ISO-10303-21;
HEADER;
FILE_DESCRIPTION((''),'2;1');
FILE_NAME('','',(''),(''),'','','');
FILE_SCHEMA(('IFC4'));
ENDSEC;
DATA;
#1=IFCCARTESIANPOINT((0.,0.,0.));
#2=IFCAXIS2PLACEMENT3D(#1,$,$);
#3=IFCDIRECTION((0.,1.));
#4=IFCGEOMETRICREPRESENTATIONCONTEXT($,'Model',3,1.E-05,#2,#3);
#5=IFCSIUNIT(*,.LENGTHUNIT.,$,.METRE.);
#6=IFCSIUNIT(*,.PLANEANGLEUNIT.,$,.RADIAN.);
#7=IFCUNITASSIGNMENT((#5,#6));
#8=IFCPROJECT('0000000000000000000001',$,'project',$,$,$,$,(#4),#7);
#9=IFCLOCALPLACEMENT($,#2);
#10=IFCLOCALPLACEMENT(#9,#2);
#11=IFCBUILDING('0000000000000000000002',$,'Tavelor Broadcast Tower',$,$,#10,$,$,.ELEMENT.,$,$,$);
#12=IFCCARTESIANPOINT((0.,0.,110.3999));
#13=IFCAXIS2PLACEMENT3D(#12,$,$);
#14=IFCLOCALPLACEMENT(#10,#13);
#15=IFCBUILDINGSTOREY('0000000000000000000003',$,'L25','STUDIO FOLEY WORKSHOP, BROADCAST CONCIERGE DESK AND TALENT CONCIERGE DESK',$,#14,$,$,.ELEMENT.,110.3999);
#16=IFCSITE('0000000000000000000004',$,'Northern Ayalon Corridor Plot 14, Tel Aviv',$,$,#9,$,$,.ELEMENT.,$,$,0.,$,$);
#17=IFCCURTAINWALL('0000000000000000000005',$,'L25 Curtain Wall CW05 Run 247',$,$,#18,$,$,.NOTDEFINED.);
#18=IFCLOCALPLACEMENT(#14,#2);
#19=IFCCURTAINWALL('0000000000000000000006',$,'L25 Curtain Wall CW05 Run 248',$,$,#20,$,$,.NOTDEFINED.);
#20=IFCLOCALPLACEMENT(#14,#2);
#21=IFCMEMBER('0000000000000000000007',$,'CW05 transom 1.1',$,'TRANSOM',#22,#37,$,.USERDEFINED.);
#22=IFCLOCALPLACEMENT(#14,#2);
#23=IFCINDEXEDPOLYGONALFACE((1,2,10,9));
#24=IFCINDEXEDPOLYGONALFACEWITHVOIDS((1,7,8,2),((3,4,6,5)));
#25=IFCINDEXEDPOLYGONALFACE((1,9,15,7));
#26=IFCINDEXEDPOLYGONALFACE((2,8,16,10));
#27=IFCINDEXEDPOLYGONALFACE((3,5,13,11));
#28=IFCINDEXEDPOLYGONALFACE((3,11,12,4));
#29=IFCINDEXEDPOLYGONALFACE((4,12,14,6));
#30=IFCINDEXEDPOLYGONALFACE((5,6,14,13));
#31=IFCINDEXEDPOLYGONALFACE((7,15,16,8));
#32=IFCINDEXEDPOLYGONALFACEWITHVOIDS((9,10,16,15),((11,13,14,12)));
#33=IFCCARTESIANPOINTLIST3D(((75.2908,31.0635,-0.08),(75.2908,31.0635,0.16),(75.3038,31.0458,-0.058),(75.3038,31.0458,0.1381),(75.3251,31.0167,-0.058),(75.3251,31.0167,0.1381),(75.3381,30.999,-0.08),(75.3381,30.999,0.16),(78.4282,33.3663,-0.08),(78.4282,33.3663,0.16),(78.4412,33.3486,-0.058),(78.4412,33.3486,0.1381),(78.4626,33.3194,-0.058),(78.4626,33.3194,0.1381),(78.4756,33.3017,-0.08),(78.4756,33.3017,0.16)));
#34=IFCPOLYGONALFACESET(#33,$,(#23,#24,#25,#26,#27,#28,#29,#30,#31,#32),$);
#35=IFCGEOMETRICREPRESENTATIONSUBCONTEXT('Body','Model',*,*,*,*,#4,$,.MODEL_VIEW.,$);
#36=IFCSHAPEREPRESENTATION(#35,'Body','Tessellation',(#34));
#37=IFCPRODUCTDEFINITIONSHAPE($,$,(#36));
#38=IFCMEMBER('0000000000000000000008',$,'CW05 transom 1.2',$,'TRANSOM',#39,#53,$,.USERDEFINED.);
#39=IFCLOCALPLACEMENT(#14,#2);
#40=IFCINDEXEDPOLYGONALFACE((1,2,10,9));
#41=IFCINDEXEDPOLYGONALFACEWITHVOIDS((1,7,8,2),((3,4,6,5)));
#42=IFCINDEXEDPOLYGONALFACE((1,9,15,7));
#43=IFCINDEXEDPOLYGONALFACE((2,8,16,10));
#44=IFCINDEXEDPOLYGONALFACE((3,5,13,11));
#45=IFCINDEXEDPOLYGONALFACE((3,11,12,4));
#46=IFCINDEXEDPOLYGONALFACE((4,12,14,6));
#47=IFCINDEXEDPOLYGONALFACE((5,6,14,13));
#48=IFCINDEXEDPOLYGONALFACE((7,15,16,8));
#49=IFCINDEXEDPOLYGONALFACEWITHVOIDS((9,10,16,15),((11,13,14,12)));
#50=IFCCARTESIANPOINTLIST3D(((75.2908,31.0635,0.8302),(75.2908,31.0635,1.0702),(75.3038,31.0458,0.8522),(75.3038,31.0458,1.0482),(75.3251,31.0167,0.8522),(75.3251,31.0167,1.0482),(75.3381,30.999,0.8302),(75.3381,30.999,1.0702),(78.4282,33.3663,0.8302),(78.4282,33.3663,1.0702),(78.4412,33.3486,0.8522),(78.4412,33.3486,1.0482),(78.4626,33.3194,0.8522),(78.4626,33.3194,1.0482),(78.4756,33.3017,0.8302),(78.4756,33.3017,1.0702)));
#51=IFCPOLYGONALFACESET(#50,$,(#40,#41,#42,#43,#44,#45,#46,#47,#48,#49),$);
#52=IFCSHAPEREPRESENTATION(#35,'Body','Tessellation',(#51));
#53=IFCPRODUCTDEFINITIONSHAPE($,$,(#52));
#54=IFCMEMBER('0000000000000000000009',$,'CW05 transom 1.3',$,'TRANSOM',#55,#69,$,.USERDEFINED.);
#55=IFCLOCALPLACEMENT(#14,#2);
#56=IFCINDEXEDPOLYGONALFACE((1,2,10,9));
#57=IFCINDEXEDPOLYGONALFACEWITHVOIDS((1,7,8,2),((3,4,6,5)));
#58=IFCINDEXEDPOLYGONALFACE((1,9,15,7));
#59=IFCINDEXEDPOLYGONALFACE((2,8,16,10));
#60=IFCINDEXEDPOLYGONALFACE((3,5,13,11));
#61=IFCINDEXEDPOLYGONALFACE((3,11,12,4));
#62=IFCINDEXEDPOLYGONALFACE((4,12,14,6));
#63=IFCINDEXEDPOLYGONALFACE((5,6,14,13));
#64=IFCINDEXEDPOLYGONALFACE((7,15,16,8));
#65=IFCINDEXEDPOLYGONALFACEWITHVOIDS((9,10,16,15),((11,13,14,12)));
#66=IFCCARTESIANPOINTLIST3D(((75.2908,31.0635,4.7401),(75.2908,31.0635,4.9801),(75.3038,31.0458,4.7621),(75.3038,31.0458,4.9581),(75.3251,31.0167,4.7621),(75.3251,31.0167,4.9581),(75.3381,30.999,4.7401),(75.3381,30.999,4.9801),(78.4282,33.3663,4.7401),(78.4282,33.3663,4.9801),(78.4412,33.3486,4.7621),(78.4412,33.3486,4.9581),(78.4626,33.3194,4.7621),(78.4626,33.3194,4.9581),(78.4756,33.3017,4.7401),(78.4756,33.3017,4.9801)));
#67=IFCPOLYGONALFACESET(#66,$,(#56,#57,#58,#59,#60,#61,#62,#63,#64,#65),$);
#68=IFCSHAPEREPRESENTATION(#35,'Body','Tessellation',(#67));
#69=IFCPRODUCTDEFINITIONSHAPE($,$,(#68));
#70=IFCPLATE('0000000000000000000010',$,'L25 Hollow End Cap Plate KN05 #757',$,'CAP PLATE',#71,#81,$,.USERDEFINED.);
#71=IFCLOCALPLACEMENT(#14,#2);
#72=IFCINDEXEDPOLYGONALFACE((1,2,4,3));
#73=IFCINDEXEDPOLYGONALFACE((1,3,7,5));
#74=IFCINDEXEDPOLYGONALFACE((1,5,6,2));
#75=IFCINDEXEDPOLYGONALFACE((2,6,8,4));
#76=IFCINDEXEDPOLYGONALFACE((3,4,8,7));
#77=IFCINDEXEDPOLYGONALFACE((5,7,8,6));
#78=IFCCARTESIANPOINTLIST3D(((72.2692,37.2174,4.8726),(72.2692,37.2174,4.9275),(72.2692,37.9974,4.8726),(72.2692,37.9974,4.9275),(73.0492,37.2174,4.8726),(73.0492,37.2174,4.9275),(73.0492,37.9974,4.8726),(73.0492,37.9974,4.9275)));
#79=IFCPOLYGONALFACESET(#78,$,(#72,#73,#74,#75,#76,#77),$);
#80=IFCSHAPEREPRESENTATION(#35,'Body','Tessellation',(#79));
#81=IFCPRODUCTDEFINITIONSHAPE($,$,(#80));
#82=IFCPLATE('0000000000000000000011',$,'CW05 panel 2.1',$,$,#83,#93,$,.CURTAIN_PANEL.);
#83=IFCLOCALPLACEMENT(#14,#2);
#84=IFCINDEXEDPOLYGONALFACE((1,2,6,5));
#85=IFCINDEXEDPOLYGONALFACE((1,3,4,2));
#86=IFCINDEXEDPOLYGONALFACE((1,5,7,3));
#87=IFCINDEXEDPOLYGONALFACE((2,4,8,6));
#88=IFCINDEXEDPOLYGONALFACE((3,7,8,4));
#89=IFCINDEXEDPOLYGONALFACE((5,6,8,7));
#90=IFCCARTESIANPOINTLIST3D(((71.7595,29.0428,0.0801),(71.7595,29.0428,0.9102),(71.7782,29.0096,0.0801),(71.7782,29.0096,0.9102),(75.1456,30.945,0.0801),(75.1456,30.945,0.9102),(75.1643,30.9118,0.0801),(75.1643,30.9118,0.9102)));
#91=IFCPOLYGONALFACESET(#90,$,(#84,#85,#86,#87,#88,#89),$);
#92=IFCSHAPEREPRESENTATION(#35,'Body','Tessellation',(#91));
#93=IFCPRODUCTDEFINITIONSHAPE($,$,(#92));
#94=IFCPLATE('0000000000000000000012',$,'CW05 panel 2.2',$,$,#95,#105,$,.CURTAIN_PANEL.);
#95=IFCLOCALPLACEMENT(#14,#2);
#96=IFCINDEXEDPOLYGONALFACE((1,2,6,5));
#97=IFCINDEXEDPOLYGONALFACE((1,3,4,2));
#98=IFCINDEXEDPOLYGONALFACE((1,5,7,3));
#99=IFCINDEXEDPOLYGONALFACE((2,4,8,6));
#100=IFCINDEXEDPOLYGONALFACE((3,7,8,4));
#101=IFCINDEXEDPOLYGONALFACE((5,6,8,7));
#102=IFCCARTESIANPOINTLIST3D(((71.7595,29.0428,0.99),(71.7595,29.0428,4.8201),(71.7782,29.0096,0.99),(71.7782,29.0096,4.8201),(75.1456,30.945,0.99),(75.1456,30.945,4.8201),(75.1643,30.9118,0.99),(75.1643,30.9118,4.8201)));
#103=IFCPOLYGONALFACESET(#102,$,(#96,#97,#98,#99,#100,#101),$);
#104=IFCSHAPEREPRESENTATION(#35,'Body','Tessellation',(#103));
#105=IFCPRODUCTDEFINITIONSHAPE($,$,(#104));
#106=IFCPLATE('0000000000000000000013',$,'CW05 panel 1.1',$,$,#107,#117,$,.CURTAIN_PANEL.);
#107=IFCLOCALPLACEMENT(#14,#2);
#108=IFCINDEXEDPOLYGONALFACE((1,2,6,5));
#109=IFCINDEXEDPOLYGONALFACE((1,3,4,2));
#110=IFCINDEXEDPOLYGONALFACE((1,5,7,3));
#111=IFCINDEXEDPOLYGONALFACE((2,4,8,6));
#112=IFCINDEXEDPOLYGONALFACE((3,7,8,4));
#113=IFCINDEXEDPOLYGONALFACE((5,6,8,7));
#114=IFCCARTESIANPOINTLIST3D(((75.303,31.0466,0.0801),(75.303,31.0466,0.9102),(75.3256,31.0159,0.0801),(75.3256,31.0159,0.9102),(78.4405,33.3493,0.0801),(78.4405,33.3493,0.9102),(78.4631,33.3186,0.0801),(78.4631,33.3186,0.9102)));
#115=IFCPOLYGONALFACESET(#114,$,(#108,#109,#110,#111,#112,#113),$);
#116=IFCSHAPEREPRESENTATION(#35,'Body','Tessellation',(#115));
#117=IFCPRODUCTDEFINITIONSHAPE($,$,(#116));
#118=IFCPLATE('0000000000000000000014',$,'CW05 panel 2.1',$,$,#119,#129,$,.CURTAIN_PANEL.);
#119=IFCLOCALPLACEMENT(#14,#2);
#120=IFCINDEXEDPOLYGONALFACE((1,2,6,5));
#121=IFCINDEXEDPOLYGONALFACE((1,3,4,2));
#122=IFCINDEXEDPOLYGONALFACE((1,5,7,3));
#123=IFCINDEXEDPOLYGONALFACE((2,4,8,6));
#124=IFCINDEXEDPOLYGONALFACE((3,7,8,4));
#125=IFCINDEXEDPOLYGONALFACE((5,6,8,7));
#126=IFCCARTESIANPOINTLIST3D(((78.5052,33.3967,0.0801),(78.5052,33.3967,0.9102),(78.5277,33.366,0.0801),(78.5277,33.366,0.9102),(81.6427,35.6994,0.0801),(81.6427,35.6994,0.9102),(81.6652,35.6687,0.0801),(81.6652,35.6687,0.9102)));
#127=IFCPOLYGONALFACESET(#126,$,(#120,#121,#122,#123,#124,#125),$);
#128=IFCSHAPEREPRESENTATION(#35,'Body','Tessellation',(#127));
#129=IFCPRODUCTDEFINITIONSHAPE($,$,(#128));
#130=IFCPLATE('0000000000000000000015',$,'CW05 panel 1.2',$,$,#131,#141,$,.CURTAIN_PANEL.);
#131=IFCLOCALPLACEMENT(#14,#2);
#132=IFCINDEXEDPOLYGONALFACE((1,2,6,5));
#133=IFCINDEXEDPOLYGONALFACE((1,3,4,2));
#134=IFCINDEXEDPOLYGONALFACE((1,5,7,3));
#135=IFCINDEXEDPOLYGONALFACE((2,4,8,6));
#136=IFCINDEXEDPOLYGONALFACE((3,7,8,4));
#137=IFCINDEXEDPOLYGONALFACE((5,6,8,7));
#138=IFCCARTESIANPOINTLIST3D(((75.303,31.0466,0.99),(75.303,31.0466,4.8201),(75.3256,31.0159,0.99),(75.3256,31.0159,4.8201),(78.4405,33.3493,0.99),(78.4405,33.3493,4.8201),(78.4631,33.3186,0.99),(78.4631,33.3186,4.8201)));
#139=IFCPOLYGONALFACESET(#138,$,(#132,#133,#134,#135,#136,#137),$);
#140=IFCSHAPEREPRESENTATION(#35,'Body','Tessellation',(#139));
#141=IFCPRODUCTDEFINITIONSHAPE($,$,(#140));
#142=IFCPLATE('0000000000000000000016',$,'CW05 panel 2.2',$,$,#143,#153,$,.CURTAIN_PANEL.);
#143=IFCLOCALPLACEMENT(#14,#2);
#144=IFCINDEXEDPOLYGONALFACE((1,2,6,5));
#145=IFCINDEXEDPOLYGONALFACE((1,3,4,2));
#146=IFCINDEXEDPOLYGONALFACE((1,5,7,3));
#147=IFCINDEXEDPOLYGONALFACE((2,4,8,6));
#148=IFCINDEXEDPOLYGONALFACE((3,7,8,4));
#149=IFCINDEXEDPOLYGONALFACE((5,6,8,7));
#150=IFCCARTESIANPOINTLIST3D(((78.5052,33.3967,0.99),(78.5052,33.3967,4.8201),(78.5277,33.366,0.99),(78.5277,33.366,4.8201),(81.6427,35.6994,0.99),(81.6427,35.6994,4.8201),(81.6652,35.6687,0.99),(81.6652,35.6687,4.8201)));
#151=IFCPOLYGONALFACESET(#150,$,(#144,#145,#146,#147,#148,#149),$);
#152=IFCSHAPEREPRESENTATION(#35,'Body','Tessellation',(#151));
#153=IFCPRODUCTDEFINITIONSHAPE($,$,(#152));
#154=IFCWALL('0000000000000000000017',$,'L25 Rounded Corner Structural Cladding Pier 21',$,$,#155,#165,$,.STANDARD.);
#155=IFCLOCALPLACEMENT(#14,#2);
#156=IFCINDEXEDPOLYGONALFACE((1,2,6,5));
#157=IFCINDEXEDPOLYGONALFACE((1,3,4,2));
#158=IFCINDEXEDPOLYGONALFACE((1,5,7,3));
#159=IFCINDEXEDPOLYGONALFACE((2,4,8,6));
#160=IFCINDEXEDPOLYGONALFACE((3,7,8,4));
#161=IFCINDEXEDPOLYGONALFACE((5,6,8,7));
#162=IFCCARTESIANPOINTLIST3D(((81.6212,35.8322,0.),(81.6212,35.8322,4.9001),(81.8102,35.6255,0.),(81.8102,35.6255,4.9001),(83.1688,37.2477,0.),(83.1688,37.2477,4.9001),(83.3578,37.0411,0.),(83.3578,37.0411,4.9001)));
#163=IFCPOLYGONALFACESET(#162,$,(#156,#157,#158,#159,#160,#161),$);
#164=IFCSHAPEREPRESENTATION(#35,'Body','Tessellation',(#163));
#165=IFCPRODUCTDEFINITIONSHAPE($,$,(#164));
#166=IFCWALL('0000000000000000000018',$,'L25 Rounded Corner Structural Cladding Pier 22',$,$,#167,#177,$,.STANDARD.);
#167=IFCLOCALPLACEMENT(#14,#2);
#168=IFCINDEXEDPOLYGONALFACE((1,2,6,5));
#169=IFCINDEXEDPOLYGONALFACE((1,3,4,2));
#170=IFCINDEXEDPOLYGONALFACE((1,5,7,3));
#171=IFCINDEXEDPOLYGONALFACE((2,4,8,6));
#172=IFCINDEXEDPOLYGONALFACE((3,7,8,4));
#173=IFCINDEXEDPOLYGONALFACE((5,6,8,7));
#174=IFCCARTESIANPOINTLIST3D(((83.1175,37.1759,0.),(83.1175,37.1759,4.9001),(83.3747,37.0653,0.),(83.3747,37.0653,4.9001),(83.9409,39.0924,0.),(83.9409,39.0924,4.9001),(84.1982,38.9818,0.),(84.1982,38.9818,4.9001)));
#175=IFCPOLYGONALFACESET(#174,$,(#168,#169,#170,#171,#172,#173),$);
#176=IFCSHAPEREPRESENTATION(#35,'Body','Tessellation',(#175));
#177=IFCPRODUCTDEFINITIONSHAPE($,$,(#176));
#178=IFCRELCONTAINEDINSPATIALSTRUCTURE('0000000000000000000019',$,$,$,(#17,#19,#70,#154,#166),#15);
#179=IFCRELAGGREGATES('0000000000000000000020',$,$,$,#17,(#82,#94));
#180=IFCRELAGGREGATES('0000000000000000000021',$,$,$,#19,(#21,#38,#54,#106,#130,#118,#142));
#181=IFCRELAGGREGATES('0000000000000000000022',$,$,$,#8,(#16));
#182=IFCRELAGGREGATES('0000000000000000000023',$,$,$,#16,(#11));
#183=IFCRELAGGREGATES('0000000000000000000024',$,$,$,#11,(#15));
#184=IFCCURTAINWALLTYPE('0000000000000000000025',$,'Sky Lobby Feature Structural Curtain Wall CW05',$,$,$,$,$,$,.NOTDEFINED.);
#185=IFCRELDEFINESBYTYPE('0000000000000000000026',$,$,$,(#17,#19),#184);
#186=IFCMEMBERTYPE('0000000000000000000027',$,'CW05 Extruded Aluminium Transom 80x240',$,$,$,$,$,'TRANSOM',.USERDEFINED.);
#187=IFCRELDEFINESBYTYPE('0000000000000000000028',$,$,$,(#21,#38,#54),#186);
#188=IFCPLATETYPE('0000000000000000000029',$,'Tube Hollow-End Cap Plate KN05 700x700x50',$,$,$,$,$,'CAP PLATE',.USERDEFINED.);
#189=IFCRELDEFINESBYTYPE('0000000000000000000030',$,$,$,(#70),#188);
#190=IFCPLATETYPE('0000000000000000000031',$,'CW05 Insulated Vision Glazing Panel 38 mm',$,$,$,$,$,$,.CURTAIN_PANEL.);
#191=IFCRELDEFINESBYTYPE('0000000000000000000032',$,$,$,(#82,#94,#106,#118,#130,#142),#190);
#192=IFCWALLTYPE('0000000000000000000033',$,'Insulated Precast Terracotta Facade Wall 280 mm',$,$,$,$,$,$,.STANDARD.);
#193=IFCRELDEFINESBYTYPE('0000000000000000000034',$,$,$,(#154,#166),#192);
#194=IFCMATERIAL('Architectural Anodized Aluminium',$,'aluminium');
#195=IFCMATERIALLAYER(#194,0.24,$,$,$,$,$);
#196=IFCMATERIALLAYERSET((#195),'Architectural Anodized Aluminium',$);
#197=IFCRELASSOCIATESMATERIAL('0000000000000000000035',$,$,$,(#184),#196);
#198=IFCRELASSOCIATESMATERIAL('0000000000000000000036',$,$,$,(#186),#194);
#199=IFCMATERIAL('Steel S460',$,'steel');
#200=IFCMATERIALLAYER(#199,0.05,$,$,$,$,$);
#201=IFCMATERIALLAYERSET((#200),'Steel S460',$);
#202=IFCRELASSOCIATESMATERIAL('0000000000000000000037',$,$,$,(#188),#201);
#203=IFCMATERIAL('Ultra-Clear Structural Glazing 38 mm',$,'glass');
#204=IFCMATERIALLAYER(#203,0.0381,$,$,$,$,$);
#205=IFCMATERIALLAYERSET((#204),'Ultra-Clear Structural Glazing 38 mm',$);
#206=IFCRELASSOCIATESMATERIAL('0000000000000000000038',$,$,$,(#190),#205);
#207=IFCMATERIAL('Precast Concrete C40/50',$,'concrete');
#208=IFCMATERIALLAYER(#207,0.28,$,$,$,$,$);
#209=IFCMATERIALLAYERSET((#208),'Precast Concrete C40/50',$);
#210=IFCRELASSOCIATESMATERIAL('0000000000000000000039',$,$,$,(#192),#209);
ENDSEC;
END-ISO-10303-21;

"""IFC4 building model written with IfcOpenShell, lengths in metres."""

from ifc_helpers import new_model, si_unit, direction, frame, frame_2d, origin, origin_2d, place, context, subcontext, project, spatial, rectangle, hollow_rectangle, extrude, source, transform, mapped, material, layer, layer_set, material_profile, profile_set, type_object, type_shapes, element, aggregate, save


model = new_model("IFC4")

# Units and contexts
model_context = context("Model", 3, precision=1e-05, world=origin(), true_north=direction((0.0, 1.0)))
body_context = subcontext(model_context, "Body", "Model", "MODEL_VIEW")
ifc_project = project(units=[si_unit("LENGTHUNIT", "METRE"), si_unit("PLANEANGLEUNIT", "RADIAN")], contexts=[model_context])

# Site, building, storey
site_placement = place(None, origin())
site = spatial("IfcSite", under=ifc_project, at=site_placement, Name="Northern Ayalon Corridor Plot 14, Tel Aviv", CompositionType="ELEMENT", RefElevation=0.0)
building_placement = place(site_placement, origin())
building = spatial("IfcBuilding", under=site, at=building_placement, Name="Tavelor Broadcast Tower", CompositionType="ELEMENT")
storey_placement = place(building_placement, frame((0.0, 0.0, 110.3999)))
storey = spatial("IfcBuildingStorey", under=building, at=storey_placement, Name="L25", Description="STUDIO FOLEY WORKSHOP, BROADCAST CONCIERGE DESK AND TALENT CONCIERGE DESK", CompositionType="ELEMENT", Elevation=110.3999)

# Shared definitions
ifc_material_1 = material(Name="Steel S460", Category="steel")

# Curtain wall
ifc_material_2 = material(Name="Architectural Anodized Aluminium", Category="aluminium")
ifc_layer_1 = layer(ifc_material_2, 0.24)
ifc_layer_set_1 = layer_set([ifc_layer_1], Name="Architectural Anodized Aluminium")
curtain_wall_type = type_object("IfcCurtainWallType", Name="Sky Lobby Feature Structural Curtain Wall CW05", PredefinedType="NOTDEFINED", material=ifc_layer_set_1)
curtain_wall_1_placement = place(storey_placement, origin())
curtain_wall_1 = element("IfcCurtainWall", 1, at=curtain_wall_1_placement, inside=storey, type_object=curtain_wall_type, Name="L25 Curtain Wall CW05 Run 247", PredefinedType="NOTDEFINED")

# Curtain wall
curtain_wall_2_placement = place(storey_placement, origin())
curtain_wall_2 = element("IfcCurtainWall", 2, at=curtain_wall_2_placement, inside=storey, type_object=curtain_wall_type, Name="L25 Curtain Wall CW05 Run 248", PredefinedType="NOTDEFINED")

# Members
ifc_material_profile_1 = material_profile(ifc_material_2, hollow_rectangle(XDim=0.0801, YDim=0.24, WallThickness=0.022, at=origin_2d()), Name="RHS 80x240x22")
ifc_profile_set_1 = profile_set([ifc_material_profile_1], Name="Architectural Anodized Aluminium")
member_type_1 = type_object("IfcMemberType", Name="CW05 Extruded Aluminium Transom 80x240", ElementType="TRANSOM", PredefinedType="USERDEFINED", material=ifc_profile_set_1)
shared_shape_1 = source(origin(), body_context, "Body", "SweptSolid", [
    extrude(hollow_rectangle(XDim=0.0801, YDim=0.24, WallThickness=0.022, at=origin_2d()), origin(), (0.0, 0.0, 1.0), 3.8918),
])
member_1_placement = place(storey_placement, frame((75.3145, 31.0312, 0.04), z_axis=(0.806168, 0.591687, 0.0), x_axis=(-0.591687, 0.806168, 0.0)))
member_1 = element("IfcMember", 3, at=member_1_placement, type_object=member_type_1, Name="CW05 transom 1.1", ObjectType="TRANSOM", PredefinedType="USERDEFINED", context=body_context, shape_type="MappedRepresentation", body=[
    mapped(shared_shape_1, transform((0.0, 0.0, 0.0), scale=1.0)),
])
member_2_placement = place(storey_placement, frame((75.3145, 31.0312, 0.9502), z_axis=(0.806168, 0.591687, 0.0), x_axis=(-0.591687, 0.806168, 0.0)))
member_2 = element("IfcMember", 4, at=member_2_placement, type_object=member_type_1, Name="CW05 transom 1.2", ObjectType="TRANSOM", PredefinedType="USERDEFINED", context=body_context, shape_type="MappedRepresentation", body=[
    mapped(shared_shape_1, transform((0.0, 0.0, 0.0), scale=1.0)),
])
member_3_placement = place(storey_placement, frame((75.3145, 31.0312, 4.8601), z_axis=(0.806168, 0.591687, 0.0), x_axis=(-0.591687, 0.806168, 0.0)))
member_3 = element("IfcMember", 5, at=member_3_placement, type_object=member_type_1, Name="CW05 transom 1.3", ObjectType="TRANSOM", PredefinedType="USERDEFINED", context=body_context, shape_type="MappedRepresentation", body=[
    mapped(shared_shape_1, transform((0.0, 0.0, 0.0), scale=1.0)),
])

# Plates
ifc_layer_2 = layer(ifc_material_1, 0.05)
ifc_layer_set_2 = layer_set([ifc_layer_2], Name="Steel S460")
plate_type_1 = type_object("IfcPlateType", Name="Tube Hollow-End Cap Plate KN05 700x700x50", ElementType="CAP PLATE", PredefinedType="USERDEFINED", material=ifc_layer_set_2)
shared_shape_2 = source(origin(), body_context, "Body", "SweptSolid", [
    extrude(rectangle(XDim=0.78, YDim=0.78, at=origin_2d()), origin(), (0.0, 0.0, 1.0), 0.0549),
])
type_shapes(plate_type_1, [shared_shape_2])
plate_1_placement = place(storey_placement, frame((72.6592, 37.6074, 4.8726), z_axis=(0.0, 0.0, 1.0), x_axis=(1.0, 0.0, 0.0)))
element("IfcPlate", 6, at=plate_1_placement, inside=storey, type_object=plate_type_1, Name="L25 Hollow End Cap Plate KN05 #757", ObjectType="CAP PLATE", PredefinedType="USERDEFINED", context=body_context, shape_type="MappedRepresentation", body=[
    mapped(shared_shape_2, transform((0.0, 0.0, 0.0), scale=1.0)),
])
ifc_material_3 = material(Name="Ultra-Clear Structural Glazing 38 mm", Category="glass")
ifc_layer_3 = layer(ifc_material_3, 0.0381)
ifc_layer_set_3 = layer_set([ifc_layer_3], Name="Ultra-Clear Structural Glazing 38 mm")
plate_type_2 = type_object("IfcPlateType", Name="CW05 Insulated Vision Glazing Panel 38 mm", PredefinedType="CURTAIN_PANEL", material=ifc_layer_set_3)
shared_shape_3 = source(origin(), body_context, "Body", "SweptSolid", [
    extrude(rectangle(XDim=3.8838, YDim=0.0381, at=origin_2d()), origin(), (0.0, 0.0, 1.0), 0.8301),
])
plate_2_placement = place(storey_placement, frame((73.4619, 29.9773, 0.0801), z_axis=(0.0, 0.0, 1.0), x_axis=(0.87185, 0.489773, 0.0)))
plate_2 = element("IfcPlate", 7, at=plate_2_placement, type_object=plate_type_2, Name="CW05 panel 2.1", PredefinedType="CURTAIN_PANEL", context=body_context, shape_type="MappedRepresentation", body=[
    mapped(shared_shape_3, transform((0.0, 0.0, 0.0), scale=1.0)),
])
shared_shape_4 = source(origin(), body_context, "Body", "SweptSolid", [
    extrude(rectangle(XDim=3.8838, YDim=0.0381, at=origin_2d()), origin(), (0.0, 0.0, 1.0), 3.8301),
])
plate_3_placement = place(storey_placement, frame((73.4619, 29.9773, 0.99), z_axis=(0.0, 0.0, 1.0), x_axis=(0.87185, 0.489773, 0.0)))
plate_3 = element("IfcPlate", 8, at=plate_3_placement, type_object=plate_type_2, Name="CW05 panel 2.2", PredefinedType="CURTAIN_PANEL", context=body_context, shape_type="MappedRepresentation", body=[
    mapped(shared_shape_4, transform((0.0, 0.0, 0.0), scale=1.0)),
])
aggregate(curtain_wall_1, [plate_2, plate_3])
shared_shape_5 = source(origin(), body_context, "Body", "SweptSolid", [
    extrude(rectangle(XDim=3.8918, YDim=0.0381, at=origin_2d()), origin(), (0.0, 0.0, 1.0), 0.8301),
])
plate_4_placement = place(storey_placement, frame((76.8831, 32.1826, 0.0801), z_axis=(0.0, 0.0, 1.0), x_axis=(0.806176, 0.591676, 0.0)))
plate_4 = element("IfcPlate", 9, at=plate_4_placement, type_object=plate_type_2, Name="CW05 panel 1.1", PredefinedType="CURTAIN_PANEL", context=body_context, shape_type="MappedRepresentation", body=[
    mapped(shared_shape_5, transform((0.0, 0.0, 0.0), scale=1.0)),
])
plate_5_placement = place(storey_placement, frame((80.0852, 34.5327, 0.0801), z_axis=(0.0, 0.0, 1.0), x_axis=(0.806176, 0.591676, 0.0)))
plate_5 = element("IfcPlate", 10, at=plate_5_placement, type_object=plate_type_2, Name="CW05 panel 2.1", PredefinedType="CURTAIN_PANEL", context=body_context, shape_type="MappedRepresentation", body=[
    mapped(shared_shape_5, transform((0.0, 0.0, 0.0), scale=1.0)),
])
shared_shape_6 = source(origin(), body_context, "Body", "SweptSolid", [
    extrude(rectangle(XDim=3.8918, YDim=0.0381, at=origin_2d()), origin(), (0.0, 0.0, 1.0), 3.8301),
])
type_shapes(plate_type_2, [shared_shape_3, shared_shape_4, shared_shape_5, shared_shape_6])
plate_6_placement = place(storey_placement, frame((76.8831, 32.1826, 0.99), z_axis=(0.0, 0.0, 1.0), x_axis=(0.806176, 0.591676, 0.0)))
plate_6 = element("IfcPlate", 11, at=plate_6_placement, type_object=plate_type_2, Name="CW05 panel 1.2", PredefinedType="CURTAIN_PANEL", context=body_context, shape_type="MappedRepresentation", body=[
    mapped(shared_shape_6, transform((0.0, 0.0, 0.0), scale=1.0)),
])
plate_7_placement = place(storey_placement, frame((80.0852, 34.5327, 0.99), z_axis=(0.0, 0.0, 1.0), x_axis=(0.806176, 0.591676, 0.0)))
plate_7 = element("IfcPlate", 12, at=plate_7_placement, type_object=plate_type_2, Name="CW05 panel 2.2", PredefinedType="CURTAIN_PANEL", context=body_context, shape_type="MappedRepresentation", body=[
    mapped(shared_shape_6, transform((0.0, 0.0, 0.0), scale=1.0)),
])
aggregate(curtain_wall_2, [member_1, member_2, member_3, plate_4, plate_6, plate_5, plate_7])

# Walls
ifc_material_4 = material(Name="Precast Concrete C40/50", Category="concrete")
ifc_layer_4 = layer(ifc_material_4, 0.28)
ifc_layer_set_4 = layer_set([ifc_layer_4], Name="Precast Concrete C40/50")
wall_type_1 = type_object("IfcWallType", Name="Insulated Precast Terracotta Facade Wall 280 mm", PredefinedType="STANDARD", material=ifc_layer_set_4)
wall_1_placement = place(storey_placement, frame((81.7156, 35.7288, 0.0), z_axis=(0.0, 0.0, 1.0), x_axis=(0.737893, 0.674918, 0.0)))
element("IfcWall", 13, at=wall_1_placement, inside=storey, type_object=wall_type_1, Name="L25 Rounded Corner Structural Cladding Pier 21", PredefinedType="STANDARD", context=body_context, shape_type="SweptSolid", body=[
    extrude(rectangle(XDim=2.0974, YDim=0.28, at=frame_2d((1.0488, 0.0))), origin(), (0.0, 0.0, 1.0), 4.9001),
])
wall_2_placement = place(storey_placement, frame((83.2461, 37.1206, 0.0), z_axis=(0.0, 0.0, 1.0), x_axis=(0.394781, 0.918775, 0.0)))
element("IfcWall", 14, at=wall_2_placement, inside=storey, type_object=wall_type_1, Name="L25 Rounded Corner Structural Cladding Pier 22", PredefinedType="STANDARD", context=body_context, shape_type="SweptSolid", body=[
    extrude(rectangle(XDim=2.0859, YDim=0.28, at=frame_2d((1.043, 0.0))), origin(), (0.0, 0.0, 1.0), 4.9001),
])

save(model, "model.ifc")
